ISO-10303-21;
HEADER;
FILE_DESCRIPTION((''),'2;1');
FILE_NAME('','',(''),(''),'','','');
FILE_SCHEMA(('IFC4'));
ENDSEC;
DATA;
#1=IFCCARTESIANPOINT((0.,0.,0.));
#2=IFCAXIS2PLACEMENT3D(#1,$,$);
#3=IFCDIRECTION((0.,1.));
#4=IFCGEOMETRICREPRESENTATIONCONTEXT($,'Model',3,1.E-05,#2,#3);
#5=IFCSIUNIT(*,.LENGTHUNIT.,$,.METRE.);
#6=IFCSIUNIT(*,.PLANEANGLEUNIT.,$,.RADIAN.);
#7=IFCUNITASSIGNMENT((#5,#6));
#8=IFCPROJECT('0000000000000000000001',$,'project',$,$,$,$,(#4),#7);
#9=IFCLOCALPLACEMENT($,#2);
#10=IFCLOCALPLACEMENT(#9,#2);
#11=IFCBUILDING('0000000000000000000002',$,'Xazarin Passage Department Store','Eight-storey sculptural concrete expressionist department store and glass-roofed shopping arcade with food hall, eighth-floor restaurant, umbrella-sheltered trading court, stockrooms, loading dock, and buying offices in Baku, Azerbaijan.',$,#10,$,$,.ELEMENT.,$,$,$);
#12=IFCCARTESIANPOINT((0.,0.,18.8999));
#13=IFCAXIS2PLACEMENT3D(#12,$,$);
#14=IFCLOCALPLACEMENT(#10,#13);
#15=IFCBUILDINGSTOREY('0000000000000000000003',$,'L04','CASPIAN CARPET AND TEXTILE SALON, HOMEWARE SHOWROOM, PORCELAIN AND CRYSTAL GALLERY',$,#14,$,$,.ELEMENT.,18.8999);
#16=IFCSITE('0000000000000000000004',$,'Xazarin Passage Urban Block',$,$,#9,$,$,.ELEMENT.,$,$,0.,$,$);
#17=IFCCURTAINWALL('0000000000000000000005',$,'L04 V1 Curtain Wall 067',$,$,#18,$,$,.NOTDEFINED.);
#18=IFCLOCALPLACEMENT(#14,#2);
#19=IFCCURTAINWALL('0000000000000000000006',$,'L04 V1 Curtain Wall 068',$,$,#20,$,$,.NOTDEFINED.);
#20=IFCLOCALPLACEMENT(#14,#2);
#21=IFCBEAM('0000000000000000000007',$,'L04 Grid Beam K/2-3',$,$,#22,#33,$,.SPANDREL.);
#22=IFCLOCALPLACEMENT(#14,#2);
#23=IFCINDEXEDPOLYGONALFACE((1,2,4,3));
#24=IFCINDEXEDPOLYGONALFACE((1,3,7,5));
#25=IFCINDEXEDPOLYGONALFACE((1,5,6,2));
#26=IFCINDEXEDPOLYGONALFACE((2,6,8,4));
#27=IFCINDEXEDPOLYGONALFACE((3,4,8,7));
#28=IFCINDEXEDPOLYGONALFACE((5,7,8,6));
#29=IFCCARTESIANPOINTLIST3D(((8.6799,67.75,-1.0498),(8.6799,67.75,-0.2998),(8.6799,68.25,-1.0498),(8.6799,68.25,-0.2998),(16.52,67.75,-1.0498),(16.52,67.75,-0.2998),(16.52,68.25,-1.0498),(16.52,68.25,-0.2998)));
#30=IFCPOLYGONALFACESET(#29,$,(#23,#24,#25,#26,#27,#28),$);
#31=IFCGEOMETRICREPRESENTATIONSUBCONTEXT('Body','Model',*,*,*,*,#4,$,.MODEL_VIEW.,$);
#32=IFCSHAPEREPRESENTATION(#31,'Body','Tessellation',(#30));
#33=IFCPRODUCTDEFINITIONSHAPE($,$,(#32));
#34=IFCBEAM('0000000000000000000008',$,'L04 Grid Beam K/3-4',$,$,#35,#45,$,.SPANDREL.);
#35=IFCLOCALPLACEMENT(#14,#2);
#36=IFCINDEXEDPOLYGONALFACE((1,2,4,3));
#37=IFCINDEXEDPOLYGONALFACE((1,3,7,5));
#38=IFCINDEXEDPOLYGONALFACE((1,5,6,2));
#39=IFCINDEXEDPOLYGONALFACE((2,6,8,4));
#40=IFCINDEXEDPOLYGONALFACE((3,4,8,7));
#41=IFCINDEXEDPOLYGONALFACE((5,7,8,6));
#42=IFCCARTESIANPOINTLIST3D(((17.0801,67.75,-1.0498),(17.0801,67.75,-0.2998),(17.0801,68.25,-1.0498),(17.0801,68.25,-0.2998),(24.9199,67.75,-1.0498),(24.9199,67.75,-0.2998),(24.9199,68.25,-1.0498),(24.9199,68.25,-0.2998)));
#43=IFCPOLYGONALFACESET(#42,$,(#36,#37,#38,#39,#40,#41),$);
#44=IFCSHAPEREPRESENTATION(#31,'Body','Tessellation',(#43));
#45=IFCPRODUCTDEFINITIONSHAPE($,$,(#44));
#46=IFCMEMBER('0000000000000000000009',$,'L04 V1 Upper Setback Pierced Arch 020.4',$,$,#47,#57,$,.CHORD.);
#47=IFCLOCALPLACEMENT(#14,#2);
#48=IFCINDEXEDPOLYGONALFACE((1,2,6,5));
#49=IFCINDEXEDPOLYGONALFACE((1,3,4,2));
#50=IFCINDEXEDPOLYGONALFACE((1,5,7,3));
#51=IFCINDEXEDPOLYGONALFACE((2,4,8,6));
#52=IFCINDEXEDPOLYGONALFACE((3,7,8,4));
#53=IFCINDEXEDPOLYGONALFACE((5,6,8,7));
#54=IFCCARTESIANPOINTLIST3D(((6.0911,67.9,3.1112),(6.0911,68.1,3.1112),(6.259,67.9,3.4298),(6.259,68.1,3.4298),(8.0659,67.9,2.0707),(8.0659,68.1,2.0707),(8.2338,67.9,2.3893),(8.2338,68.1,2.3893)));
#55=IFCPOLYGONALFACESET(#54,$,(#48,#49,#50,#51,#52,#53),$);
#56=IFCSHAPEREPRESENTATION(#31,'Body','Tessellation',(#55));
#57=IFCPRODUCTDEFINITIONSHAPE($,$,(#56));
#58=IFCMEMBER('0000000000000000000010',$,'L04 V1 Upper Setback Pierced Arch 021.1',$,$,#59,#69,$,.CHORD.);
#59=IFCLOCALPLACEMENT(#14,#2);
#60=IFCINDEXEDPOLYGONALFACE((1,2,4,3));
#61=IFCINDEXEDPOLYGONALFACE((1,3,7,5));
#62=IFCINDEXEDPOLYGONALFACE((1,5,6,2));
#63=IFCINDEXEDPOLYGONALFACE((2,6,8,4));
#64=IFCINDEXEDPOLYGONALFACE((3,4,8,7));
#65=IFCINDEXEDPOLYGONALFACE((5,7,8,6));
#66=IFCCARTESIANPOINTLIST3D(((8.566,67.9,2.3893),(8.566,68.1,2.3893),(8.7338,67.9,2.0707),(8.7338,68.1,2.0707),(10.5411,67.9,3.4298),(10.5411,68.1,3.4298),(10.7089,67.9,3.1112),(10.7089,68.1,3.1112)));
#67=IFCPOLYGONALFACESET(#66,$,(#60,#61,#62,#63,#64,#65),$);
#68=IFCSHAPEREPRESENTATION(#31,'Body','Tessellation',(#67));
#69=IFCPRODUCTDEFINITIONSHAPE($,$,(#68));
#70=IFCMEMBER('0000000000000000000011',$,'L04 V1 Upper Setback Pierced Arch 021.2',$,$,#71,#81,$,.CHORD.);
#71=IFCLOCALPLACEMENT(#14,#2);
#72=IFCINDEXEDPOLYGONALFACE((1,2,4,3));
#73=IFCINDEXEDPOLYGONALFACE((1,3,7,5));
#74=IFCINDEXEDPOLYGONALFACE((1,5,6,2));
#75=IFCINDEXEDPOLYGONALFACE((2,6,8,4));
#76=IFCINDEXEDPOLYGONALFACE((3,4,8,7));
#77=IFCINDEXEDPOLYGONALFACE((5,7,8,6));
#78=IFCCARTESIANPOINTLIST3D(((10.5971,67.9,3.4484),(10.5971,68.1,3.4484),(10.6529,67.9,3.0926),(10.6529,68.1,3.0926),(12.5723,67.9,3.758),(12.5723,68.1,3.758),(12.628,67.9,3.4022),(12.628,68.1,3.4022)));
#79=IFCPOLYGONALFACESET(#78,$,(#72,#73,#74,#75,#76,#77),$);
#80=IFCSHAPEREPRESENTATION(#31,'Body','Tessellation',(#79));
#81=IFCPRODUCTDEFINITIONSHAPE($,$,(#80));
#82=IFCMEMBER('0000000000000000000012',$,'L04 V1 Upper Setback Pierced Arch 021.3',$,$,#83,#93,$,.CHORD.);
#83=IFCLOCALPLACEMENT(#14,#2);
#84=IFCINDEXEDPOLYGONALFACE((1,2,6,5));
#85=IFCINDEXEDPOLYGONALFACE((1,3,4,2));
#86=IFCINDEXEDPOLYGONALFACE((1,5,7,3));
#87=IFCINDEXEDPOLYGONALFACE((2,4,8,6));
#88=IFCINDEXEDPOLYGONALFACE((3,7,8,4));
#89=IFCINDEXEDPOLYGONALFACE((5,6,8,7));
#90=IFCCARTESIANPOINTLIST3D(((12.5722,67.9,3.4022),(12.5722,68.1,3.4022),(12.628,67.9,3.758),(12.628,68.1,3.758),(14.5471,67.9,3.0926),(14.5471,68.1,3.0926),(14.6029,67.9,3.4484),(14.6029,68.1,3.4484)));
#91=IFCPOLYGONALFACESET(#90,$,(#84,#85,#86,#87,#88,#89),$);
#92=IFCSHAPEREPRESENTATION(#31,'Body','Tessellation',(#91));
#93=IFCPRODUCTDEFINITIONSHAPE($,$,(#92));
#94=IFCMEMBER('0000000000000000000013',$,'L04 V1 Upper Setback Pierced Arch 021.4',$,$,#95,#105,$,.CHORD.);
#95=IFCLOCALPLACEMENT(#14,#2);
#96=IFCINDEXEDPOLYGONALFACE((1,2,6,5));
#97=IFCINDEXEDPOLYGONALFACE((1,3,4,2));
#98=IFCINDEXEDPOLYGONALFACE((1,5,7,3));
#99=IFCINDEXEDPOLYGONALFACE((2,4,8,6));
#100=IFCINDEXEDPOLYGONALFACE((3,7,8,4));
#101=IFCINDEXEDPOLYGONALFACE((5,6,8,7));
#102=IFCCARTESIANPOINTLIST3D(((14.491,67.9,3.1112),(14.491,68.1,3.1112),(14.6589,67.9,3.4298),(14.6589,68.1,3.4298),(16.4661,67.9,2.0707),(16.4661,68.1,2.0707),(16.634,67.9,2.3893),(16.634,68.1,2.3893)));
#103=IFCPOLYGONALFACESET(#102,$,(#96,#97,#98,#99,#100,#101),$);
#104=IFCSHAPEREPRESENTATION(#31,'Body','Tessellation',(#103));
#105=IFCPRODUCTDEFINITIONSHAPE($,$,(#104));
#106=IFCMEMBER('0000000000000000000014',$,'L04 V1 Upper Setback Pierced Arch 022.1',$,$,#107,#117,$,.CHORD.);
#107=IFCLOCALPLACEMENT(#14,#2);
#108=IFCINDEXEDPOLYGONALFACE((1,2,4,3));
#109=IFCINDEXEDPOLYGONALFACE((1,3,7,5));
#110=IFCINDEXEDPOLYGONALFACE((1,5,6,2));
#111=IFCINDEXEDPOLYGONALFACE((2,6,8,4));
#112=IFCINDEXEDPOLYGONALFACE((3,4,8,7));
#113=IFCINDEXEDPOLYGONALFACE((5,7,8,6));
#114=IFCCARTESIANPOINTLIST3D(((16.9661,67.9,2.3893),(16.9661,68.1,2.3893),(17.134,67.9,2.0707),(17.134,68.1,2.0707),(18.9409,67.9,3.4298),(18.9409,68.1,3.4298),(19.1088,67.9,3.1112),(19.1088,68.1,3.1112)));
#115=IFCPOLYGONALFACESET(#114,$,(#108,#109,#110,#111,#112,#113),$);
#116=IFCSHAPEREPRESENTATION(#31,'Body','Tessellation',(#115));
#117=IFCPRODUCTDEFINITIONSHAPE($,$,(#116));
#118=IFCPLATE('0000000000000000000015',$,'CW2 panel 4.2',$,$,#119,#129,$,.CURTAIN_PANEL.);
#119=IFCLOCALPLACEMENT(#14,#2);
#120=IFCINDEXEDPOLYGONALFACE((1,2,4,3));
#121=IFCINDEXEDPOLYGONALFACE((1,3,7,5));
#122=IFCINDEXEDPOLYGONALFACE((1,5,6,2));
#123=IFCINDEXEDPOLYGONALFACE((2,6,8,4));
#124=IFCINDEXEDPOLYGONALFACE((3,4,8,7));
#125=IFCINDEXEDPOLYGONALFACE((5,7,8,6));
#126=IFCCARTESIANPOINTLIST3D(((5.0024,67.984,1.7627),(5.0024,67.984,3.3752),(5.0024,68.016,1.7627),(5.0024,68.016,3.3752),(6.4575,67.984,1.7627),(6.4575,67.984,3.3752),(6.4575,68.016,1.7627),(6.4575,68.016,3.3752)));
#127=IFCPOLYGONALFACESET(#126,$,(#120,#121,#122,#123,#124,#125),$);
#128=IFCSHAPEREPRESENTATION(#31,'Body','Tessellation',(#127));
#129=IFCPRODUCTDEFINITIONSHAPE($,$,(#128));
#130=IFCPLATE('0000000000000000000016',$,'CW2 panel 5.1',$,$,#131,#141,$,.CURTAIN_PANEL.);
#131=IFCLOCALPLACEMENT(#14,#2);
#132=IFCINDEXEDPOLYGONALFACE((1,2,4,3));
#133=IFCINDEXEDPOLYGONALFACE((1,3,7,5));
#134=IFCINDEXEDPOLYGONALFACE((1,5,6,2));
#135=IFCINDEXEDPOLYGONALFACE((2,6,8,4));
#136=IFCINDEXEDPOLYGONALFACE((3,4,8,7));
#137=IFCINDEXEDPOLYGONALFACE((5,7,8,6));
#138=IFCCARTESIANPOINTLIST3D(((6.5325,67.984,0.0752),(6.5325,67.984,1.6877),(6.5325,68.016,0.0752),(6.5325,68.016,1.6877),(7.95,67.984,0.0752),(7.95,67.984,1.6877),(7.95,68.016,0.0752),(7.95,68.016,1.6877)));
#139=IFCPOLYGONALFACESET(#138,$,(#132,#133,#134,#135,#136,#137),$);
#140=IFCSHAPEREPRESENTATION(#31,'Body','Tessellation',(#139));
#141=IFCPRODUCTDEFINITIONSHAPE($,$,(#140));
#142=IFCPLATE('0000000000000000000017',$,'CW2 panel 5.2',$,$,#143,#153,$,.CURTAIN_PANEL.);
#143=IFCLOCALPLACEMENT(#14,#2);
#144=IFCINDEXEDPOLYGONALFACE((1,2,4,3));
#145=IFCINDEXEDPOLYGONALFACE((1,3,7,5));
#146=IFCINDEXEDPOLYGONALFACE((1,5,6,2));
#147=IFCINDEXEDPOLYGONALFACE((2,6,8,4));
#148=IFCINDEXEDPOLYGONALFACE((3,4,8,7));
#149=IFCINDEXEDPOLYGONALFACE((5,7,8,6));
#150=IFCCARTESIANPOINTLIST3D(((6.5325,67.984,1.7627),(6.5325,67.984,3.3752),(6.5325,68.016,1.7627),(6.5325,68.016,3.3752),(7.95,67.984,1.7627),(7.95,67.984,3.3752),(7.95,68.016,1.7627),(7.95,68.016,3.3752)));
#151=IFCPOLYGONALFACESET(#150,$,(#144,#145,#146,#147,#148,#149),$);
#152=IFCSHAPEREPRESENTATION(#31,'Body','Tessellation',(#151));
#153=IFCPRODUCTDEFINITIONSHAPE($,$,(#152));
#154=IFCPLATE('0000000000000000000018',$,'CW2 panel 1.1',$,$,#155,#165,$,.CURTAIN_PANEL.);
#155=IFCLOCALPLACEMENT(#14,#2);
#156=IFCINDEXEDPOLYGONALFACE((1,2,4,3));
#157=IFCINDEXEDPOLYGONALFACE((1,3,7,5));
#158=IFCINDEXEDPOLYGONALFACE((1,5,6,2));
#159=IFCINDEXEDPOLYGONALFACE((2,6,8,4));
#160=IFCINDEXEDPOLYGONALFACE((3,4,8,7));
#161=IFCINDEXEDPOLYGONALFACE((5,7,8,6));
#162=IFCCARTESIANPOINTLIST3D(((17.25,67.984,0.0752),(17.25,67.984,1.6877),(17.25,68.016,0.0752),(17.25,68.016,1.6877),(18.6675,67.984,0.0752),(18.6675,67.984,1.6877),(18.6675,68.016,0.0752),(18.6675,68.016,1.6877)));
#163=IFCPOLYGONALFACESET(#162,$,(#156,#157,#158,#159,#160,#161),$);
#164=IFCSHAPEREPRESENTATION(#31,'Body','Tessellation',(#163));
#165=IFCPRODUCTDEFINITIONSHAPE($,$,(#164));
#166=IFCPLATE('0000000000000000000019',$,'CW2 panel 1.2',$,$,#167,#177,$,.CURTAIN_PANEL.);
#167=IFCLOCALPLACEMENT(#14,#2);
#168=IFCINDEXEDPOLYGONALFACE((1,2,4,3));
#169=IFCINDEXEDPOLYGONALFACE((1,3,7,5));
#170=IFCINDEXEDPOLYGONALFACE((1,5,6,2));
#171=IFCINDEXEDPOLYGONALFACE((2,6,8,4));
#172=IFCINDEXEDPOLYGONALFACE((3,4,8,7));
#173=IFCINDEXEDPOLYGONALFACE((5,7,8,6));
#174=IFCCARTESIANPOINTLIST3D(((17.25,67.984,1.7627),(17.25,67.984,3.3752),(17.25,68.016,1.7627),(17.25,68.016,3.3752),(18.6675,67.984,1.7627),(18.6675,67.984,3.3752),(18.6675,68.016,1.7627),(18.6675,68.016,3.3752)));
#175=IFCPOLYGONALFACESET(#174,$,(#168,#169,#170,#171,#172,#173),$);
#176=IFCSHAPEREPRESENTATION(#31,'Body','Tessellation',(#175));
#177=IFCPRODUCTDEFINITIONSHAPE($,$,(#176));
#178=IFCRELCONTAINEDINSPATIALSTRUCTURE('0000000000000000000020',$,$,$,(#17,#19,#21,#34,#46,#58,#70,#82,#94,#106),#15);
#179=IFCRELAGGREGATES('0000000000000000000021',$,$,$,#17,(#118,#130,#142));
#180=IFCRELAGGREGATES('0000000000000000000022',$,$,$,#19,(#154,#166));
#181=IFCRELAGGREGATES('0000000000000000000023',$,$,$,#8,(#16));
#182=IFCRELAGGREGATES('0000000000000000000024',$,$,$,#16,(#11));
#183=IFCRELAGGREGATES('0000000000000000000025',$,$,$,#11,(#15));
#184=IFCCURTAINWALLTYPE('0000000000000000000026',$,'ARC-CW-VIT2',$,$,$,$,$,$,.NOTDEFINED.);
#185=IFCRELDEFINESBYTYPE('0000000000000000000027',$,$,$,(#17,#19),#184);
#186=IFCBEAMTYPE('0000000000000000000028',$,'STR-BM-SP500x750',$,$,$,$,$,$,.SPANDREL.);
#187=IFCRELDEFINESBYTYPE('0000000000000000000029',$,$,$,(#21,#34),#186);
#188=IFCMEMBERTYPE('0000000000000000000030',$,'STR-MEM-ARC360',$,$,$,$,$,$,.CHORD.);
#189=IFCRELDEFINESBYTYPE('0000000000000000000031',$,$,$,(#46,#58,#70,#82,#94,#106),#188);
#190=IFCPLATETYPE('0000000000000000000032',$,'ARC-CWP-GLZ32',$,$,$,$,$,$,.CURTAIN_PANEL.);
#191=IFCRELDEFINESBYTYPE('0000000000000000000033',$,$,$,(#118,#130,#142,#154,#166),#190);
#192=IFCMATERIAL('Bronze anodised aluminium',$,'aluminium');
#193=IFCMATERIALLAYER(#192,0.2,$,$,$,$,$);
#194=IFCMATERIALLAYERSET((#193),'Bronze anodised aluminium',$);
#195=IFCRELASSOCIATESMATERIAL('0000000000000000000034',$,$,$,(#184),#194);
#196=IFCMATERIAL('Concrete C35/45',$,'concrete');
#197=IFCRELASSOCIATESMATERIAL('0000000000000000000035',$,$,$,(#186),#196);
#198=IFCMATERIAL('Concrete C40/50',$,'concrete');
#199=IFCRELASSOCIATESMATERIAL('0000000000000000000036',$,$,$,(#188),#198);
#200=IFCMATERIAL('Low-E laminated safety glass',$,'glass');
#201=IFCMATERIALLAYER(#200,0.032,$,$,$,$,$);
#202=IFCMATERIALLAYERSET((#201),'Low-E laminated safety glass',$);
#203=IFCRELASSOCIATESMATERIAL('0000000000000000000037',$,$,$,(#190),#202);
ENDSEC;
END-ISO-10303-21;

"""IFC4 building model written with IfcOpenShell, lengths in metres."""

from ifc_helpers import new_model, si_unit, direction, frame, origin, origin_2d, place, context, subcontext, project, spatial, rectangle, extrude, material, layer, layer_set, material_profile, profile_set, type_object, element, aggregate, save


model = new_model("IFC4")

# Units and contexts
model_context = context("Model", 3, precision=1e-05, world=origin(), true_north=direction((0.0, 1.0)))
body_context = subcontext(model_context, "Body", "Model", "MODEL_VIEW")
ifc_project = project(units=[si_unit("LENGTHUNIT", "METRE"), si_unit("PLANEANGLEUNIT", "RADIAN")], contexts=[model_context])

# Site, building, storey
site_placement = place(None, origin())
site = spatial("IfcSite", under=ifc_project, at=site_placement, Name="Xazarin Passage Urban Block", CompositionType="ELEMENT", RefElevation=0.0)
building_placement = place(site_placement, origin())
building = spatial("IfcBuilding", under=site, at=building_placement, Name="Xazarin Passage Department Store", Description="Eight-storey sculptural concrete expressionist department store and glass-roofed shopping arcade with food hall, eighth-floor restaurant, umbrella-sheltered trading court, stockrooms, loading dock, and buying offices in Baku, Azerbaijan.", CompositionType="ELEMENT")
storey_placement = place(building_placement, frame((0.0, 0.0, 18.8999)))
storey = spatial("IfcBuildingStorey", under=building, at=storey_placement, Name="L04", Description="CASPIAN CARPET AND TEXTILE SALON, HOMEWARE SHOWROOM, PORCELAIN AND CRYSTAL GALLERY", CompositionType="ELEMENT", Elevation=18.8999)

# Shared definitions
ifc_material_1 = material(Name="Concrete C40/50", Category="concrete")

# Curtain wall
ifc_material_2 = material(Name="Bronze anodised aluminium", Category="aluminium")
ifc_layer_1 = layer(ifc_material_2, 0.2)
ifc_layer_set_1 = layer_set([ifc_layer_1], Name="Bronze anodised aluminium")
curtain_wall_type = type_object("IfcCurtainWallType", Name="ARC-CW-VIT2", PredefinedType="NOTDEFINED", material=ifc_layer_set_1)
curtain_wall_1_placement = place(storey_placement, origin())
curtain_wall_1 = element("IfcCurtainWall", 1, at=curtain_wall_1_placement, inside=storey, type_object=curtain_wall_type, Name="L04 V1 Curtain Wall 067", PredefinedType="NOTDEFINED")

# Curtain wall
curtain_wall_2_placement = place(storey_placement, origin())
curtain_wall_2 = element("IfcCurtainWall", 2, at=curtain_wall_2_placement, inside=storey, type_object=curtain_wall_type, Name="L04 V1 Curtain Wall 068", PredefinedType="NOTDEFINED")

# Beams
ifc_material_3 = material(Name="Concrete C35/45", Category="concrete")
ifc_material_profile_1 = material_profile(ifc_material_3, rectangle(XDim=0.5, YDim=0.75, at=origin_2d()), Name="RC 500x750")
ifc_profile_set_1 = profile_set([ifc_material_profile_1], Name="Concrete C35/45")
beam_type = type_object("IfcBeamType", Name="STR-BM-SP500x750", PredefinedType="SPANDREL", material=ifc_profile_set_1)
beam_1_placement = place(storey_placement, frame((8.6799, 68.0, -0.6748), z_axis=(1.0, 0.0, 0.0), x_axis=(0.0, 1.0, 0.0)))
element("IfcBeam", 3, at=beam_1_placement, inside=storey, type_object=beam_type, Name="L04 Grid Beam K/2-3", PredefinedType="SPANDREL", context=body_context, shape_type="SweptSolid", body=[
    extrude(rectangle(XDim=0.5, YDim=0.75, at=origin_2d()), origin(), (0.0, 0.0, 1.0), 7.8401),
])
beam_2_placement = place(storey_placement, frame((17.0801, 68.0, -0.6748), z_axis=(1.0, 0.0, 0.0), x_axis=(0.0, 1.0, 0.0)))
element("IfcBeam", 4, at=beam_2_placement, inside=storey, type_object=beam_type, Name="L04 Grid Beam K/3-4", PredefinedType="SPANDREL", context=body_context, shape_type="SweptSolid", body=[
    extrude(rectangle(XDim=0.5, YDim=0.75, at=origin_2d()), origin(), (0.0, 0.0, 1.0), 7.8398),
])

# Members
ifc_material_profile_2 = material_profile(ifc_material_1, rectangle(XDim=0.2, YDim=0.3601, at=origin_2d()), Name="RC 200x360")
ifc_profile_set_2 = profile_set([ifc_material_profile_2], Name="Concrete C40/50")
member_type_1 = type_object("IfcMemberType", Name="STR-MEM-ARC360", PredefinedType="CHORD", material=ifc_profile_set_2)
member_1_placement = place(storey_placement, frame((6.175, 68.0, 3.2705), z_axis=(0.884709, 0.0, -0.466143), x_axis=(0.0, 1.0, 0.0)))
element("IfcMember", 5, at=member_1_placement, inside=storey, type_object=member_type_1, Name="L04 V1 Upper Setback Pierced Arch 020.4", PredefinedType="CHORD", context=body_context, shape_type="SweptSolid", body=[
    extrude(rectangle(XDim=0.2, YDim=0.3601, at=origin_2d()), origin(), (0.0, 0.0, 1.0), 2.2322),
])
member_2_placement = place(storey_placement, frame((8.6499, 68.0, 2.23), z_axis=(0.884733, 0.0, 0.466098), x_axis=(0.0, 1.0, 0.0)))
element("IfcMember", 6, at=member_2_placement, inside=storey, type_object=member_type_1, Name="L04 V1 Upper Setback Pierced Arch 021.1", PredefinedType="CHORD", context=body_context, shape_type="SweptSolid", body=[
    extrude(rectangle(XDim=0.2, YDim=0.3601, at=origin_2d()), origin(), (0.0, 0.0, 1.0), 2.2324),
])
member_3_placement = place(storey_placement, frame((10.625, 68.0, 3.2705), z_axis=(0.987939, 0.0, 0.154846), x_axis=(0.0, 1.0, 0.0)))
element("IfcMember", 7, at=member_3_placement, inside=storey, type_object=member_type_1, Name="L04 V1 Upper Setback Pierced Arch 021.2", PredefinedType="CHORD", context=body_context, shape_type="SweptSolid", body=[
    extrude(rectangle(XDim=0.2, YDim=0.3601, at=origin_2d()), origin(), (0.0, 0.0, 1.0), 1.9993),
])
member_4_placement = place(storey_placement, frame((12.6001, 68.0, 3.5801), z_axis=(0.987936, 0.0, -0.154865), x_axis=(0.0, 1.0, 0.0)))
element("IfcMember", 8, at=member_4_placement, inside=storey, type_object=member_type_1, Name="L04 V1 Upper Setback Pierced Arch 021.3", PredefinedType="CHORD", context=body_context, shape_type="SweptSolid", body=[
    extrude(rectangle(XDim=0.2, YDim=0.3601, at=origin_2d()), origin(), (0.0, 0.0, 1.0), 1.999),
])
member_5_placement = place(storey_placement, frame((14.575, 68.0, 3.2705), z_axis=(0.884733, 0.0, -0.466098), x_axis=(0.0, 1.0, 0.0)))
element("IfcMember", 9, at=member_5_placement, inside=storey, type_object=member_type_1, Name="L04 V1 Upper Setback Pierced Arch 021.4", PredefinedType="CHORD", context=body_context, shape_type="SweptSolid", body=[
    extrude(rectangle(XDim=0.2, YDim=0.3601, at=origin_2d()), origin(), (0.0, 0.0, 1.0), 2.2324),
])
member_6_placement = place(storey_placement, frame((17.05, 68.0, 2.23), z_axis=(0.884709, 0.0, 0.466143), x_axis=(0.0, 1.0, 0.0)))
element("IfcMember", 10, at=member_6_placement, inside=storey, type_object=member_type_1, Name="L04 V1 Upper Setback Pierced Arch 022.1", PredefinedType="CHORD", context=body_context, shape_type="SweptSolid", body=[
    extrude(rectangle(XDim=0.2, YDim=0.3601, at=origin_2d()), origin(), (0.0, 0.0, 1.0), 2.2322),
])

# Plates
ifc_material_4 = material(Name="Low-E laminated safety glass", Category="glass")
ifc_layer_2 = layer(ifc_material_4, 0.032)
ifc_layer_set_2 = layer_set([ifc_layer_2], Name="Low-E laminated safety glass")
plate_type = type_object("IfcPlateType", Name="ARC-CWP-GLZ32", PredefinedType="CURTAIN_PANEL", material=ifc_layer_set_2)
plate_1_placement = place(storey_placement, frame((5.73, 68.0, 1.7627), z_axis=(0.0, 0.0, 1.0), x_axis=(1.0, 0.0, 0.0)))
plate_1 = element("IfcPlate", 11, at=plate_1_placement, type_object=plate_type, Name="CW2 panel 4.2", PredefinedType="CURTAIN_PANEL", context=body_context, shape_type="SweptSolid", body=[
    extrude(rectangle(XDim=1.4551, YDim=0.032, at=origin_2d()), origin(), (0.0, 0.0, 1.0), 1.6125),
])
plate_2_placement = place(storey_placement, frame((7.2412, 68.0, 0.0752), z_axis=(0.0, 0.0, 1.0), x_axis=(1.0, 0.0, 0.0)))
plate_2 = element("IfcPlate", 12, at=plate_2_placement, type_object=plate_type, Name="CW2 panel 5.1", PredefinedType="CURTAIN_PANEL", context=body_context, shape_type="SweptSolid", body=[
    extrude(rectangle(XDim=1.4175, YDim=0.032, at=origin_2d()), origin(), (0.0, 0.0, 1.0), 1.6125),
])
plate_3_placement = place(storey_placement, frame((7.2412, 68.0, 1.7627), z_axis=(0.0, 0.0, 1.0), x_axis=(1.0, 0.0, 0.0)))
plate_3 = element("IfcPlate", 13, at=plate_3_placement, type_object=plate_type, Name="CW2 panel 5.2", PredefinedType="CURTAIN_PANEL", context=body_context, shape_type="SweptSolid", body=[
    extrude(rectangle(XDim=1.4175, YDim=0.032, at=origin_2d()), origin(), (0.0, 0.0, 1.0), 1.6125),
])
aggregate(curtain_wall_1, [plate_1, plate_2, plate_3])
plate_4_placement = place(storey_placement, frame((17.9587, 68.0, 0.0752), z_axis=(0.0, 0.0, 1.0), x_axis=(1.0, 0.0, 0.0)))
plate_4 = element("IfcPlate", 14, at=plate_4_placement, type_object=plate_type, Name="CW2 panel 1.1", PredefinedType="CURTAIN_PANEL", context=body_context, shape_type="SweptSolid", body=[
    extrude(rectangle(XDim=1.4175, YDim=0.032, at=origin_2d()), origin(), (0.0, 0.0, 1.0), 1.6125),
])
plate_5_placement = place(storey_placement, frame((17.9587, 68.0, 1.7627), z_axis=(0.0, 0.0, 1.0), x_axis=(1.0, 0.0, 0.0)))
plate_5 = element("IfcPlate", 15, at=plate_5_placement, type_object=plate_type, Name="CW2 panel 1.2", PredefinedType="CURTAIN_PANEL", context=body_context, shape_type="SweptSolid", body=[
    extrude(rectangle(XDim=1.4175, YDim=0.032, at=origin_2d()), origin(), (0.0, 0.0, 1.0), 1.6125),
])
aggregate(curtain_wall_2, [plate_4, plate_5])

save(model, "model.ifc")
